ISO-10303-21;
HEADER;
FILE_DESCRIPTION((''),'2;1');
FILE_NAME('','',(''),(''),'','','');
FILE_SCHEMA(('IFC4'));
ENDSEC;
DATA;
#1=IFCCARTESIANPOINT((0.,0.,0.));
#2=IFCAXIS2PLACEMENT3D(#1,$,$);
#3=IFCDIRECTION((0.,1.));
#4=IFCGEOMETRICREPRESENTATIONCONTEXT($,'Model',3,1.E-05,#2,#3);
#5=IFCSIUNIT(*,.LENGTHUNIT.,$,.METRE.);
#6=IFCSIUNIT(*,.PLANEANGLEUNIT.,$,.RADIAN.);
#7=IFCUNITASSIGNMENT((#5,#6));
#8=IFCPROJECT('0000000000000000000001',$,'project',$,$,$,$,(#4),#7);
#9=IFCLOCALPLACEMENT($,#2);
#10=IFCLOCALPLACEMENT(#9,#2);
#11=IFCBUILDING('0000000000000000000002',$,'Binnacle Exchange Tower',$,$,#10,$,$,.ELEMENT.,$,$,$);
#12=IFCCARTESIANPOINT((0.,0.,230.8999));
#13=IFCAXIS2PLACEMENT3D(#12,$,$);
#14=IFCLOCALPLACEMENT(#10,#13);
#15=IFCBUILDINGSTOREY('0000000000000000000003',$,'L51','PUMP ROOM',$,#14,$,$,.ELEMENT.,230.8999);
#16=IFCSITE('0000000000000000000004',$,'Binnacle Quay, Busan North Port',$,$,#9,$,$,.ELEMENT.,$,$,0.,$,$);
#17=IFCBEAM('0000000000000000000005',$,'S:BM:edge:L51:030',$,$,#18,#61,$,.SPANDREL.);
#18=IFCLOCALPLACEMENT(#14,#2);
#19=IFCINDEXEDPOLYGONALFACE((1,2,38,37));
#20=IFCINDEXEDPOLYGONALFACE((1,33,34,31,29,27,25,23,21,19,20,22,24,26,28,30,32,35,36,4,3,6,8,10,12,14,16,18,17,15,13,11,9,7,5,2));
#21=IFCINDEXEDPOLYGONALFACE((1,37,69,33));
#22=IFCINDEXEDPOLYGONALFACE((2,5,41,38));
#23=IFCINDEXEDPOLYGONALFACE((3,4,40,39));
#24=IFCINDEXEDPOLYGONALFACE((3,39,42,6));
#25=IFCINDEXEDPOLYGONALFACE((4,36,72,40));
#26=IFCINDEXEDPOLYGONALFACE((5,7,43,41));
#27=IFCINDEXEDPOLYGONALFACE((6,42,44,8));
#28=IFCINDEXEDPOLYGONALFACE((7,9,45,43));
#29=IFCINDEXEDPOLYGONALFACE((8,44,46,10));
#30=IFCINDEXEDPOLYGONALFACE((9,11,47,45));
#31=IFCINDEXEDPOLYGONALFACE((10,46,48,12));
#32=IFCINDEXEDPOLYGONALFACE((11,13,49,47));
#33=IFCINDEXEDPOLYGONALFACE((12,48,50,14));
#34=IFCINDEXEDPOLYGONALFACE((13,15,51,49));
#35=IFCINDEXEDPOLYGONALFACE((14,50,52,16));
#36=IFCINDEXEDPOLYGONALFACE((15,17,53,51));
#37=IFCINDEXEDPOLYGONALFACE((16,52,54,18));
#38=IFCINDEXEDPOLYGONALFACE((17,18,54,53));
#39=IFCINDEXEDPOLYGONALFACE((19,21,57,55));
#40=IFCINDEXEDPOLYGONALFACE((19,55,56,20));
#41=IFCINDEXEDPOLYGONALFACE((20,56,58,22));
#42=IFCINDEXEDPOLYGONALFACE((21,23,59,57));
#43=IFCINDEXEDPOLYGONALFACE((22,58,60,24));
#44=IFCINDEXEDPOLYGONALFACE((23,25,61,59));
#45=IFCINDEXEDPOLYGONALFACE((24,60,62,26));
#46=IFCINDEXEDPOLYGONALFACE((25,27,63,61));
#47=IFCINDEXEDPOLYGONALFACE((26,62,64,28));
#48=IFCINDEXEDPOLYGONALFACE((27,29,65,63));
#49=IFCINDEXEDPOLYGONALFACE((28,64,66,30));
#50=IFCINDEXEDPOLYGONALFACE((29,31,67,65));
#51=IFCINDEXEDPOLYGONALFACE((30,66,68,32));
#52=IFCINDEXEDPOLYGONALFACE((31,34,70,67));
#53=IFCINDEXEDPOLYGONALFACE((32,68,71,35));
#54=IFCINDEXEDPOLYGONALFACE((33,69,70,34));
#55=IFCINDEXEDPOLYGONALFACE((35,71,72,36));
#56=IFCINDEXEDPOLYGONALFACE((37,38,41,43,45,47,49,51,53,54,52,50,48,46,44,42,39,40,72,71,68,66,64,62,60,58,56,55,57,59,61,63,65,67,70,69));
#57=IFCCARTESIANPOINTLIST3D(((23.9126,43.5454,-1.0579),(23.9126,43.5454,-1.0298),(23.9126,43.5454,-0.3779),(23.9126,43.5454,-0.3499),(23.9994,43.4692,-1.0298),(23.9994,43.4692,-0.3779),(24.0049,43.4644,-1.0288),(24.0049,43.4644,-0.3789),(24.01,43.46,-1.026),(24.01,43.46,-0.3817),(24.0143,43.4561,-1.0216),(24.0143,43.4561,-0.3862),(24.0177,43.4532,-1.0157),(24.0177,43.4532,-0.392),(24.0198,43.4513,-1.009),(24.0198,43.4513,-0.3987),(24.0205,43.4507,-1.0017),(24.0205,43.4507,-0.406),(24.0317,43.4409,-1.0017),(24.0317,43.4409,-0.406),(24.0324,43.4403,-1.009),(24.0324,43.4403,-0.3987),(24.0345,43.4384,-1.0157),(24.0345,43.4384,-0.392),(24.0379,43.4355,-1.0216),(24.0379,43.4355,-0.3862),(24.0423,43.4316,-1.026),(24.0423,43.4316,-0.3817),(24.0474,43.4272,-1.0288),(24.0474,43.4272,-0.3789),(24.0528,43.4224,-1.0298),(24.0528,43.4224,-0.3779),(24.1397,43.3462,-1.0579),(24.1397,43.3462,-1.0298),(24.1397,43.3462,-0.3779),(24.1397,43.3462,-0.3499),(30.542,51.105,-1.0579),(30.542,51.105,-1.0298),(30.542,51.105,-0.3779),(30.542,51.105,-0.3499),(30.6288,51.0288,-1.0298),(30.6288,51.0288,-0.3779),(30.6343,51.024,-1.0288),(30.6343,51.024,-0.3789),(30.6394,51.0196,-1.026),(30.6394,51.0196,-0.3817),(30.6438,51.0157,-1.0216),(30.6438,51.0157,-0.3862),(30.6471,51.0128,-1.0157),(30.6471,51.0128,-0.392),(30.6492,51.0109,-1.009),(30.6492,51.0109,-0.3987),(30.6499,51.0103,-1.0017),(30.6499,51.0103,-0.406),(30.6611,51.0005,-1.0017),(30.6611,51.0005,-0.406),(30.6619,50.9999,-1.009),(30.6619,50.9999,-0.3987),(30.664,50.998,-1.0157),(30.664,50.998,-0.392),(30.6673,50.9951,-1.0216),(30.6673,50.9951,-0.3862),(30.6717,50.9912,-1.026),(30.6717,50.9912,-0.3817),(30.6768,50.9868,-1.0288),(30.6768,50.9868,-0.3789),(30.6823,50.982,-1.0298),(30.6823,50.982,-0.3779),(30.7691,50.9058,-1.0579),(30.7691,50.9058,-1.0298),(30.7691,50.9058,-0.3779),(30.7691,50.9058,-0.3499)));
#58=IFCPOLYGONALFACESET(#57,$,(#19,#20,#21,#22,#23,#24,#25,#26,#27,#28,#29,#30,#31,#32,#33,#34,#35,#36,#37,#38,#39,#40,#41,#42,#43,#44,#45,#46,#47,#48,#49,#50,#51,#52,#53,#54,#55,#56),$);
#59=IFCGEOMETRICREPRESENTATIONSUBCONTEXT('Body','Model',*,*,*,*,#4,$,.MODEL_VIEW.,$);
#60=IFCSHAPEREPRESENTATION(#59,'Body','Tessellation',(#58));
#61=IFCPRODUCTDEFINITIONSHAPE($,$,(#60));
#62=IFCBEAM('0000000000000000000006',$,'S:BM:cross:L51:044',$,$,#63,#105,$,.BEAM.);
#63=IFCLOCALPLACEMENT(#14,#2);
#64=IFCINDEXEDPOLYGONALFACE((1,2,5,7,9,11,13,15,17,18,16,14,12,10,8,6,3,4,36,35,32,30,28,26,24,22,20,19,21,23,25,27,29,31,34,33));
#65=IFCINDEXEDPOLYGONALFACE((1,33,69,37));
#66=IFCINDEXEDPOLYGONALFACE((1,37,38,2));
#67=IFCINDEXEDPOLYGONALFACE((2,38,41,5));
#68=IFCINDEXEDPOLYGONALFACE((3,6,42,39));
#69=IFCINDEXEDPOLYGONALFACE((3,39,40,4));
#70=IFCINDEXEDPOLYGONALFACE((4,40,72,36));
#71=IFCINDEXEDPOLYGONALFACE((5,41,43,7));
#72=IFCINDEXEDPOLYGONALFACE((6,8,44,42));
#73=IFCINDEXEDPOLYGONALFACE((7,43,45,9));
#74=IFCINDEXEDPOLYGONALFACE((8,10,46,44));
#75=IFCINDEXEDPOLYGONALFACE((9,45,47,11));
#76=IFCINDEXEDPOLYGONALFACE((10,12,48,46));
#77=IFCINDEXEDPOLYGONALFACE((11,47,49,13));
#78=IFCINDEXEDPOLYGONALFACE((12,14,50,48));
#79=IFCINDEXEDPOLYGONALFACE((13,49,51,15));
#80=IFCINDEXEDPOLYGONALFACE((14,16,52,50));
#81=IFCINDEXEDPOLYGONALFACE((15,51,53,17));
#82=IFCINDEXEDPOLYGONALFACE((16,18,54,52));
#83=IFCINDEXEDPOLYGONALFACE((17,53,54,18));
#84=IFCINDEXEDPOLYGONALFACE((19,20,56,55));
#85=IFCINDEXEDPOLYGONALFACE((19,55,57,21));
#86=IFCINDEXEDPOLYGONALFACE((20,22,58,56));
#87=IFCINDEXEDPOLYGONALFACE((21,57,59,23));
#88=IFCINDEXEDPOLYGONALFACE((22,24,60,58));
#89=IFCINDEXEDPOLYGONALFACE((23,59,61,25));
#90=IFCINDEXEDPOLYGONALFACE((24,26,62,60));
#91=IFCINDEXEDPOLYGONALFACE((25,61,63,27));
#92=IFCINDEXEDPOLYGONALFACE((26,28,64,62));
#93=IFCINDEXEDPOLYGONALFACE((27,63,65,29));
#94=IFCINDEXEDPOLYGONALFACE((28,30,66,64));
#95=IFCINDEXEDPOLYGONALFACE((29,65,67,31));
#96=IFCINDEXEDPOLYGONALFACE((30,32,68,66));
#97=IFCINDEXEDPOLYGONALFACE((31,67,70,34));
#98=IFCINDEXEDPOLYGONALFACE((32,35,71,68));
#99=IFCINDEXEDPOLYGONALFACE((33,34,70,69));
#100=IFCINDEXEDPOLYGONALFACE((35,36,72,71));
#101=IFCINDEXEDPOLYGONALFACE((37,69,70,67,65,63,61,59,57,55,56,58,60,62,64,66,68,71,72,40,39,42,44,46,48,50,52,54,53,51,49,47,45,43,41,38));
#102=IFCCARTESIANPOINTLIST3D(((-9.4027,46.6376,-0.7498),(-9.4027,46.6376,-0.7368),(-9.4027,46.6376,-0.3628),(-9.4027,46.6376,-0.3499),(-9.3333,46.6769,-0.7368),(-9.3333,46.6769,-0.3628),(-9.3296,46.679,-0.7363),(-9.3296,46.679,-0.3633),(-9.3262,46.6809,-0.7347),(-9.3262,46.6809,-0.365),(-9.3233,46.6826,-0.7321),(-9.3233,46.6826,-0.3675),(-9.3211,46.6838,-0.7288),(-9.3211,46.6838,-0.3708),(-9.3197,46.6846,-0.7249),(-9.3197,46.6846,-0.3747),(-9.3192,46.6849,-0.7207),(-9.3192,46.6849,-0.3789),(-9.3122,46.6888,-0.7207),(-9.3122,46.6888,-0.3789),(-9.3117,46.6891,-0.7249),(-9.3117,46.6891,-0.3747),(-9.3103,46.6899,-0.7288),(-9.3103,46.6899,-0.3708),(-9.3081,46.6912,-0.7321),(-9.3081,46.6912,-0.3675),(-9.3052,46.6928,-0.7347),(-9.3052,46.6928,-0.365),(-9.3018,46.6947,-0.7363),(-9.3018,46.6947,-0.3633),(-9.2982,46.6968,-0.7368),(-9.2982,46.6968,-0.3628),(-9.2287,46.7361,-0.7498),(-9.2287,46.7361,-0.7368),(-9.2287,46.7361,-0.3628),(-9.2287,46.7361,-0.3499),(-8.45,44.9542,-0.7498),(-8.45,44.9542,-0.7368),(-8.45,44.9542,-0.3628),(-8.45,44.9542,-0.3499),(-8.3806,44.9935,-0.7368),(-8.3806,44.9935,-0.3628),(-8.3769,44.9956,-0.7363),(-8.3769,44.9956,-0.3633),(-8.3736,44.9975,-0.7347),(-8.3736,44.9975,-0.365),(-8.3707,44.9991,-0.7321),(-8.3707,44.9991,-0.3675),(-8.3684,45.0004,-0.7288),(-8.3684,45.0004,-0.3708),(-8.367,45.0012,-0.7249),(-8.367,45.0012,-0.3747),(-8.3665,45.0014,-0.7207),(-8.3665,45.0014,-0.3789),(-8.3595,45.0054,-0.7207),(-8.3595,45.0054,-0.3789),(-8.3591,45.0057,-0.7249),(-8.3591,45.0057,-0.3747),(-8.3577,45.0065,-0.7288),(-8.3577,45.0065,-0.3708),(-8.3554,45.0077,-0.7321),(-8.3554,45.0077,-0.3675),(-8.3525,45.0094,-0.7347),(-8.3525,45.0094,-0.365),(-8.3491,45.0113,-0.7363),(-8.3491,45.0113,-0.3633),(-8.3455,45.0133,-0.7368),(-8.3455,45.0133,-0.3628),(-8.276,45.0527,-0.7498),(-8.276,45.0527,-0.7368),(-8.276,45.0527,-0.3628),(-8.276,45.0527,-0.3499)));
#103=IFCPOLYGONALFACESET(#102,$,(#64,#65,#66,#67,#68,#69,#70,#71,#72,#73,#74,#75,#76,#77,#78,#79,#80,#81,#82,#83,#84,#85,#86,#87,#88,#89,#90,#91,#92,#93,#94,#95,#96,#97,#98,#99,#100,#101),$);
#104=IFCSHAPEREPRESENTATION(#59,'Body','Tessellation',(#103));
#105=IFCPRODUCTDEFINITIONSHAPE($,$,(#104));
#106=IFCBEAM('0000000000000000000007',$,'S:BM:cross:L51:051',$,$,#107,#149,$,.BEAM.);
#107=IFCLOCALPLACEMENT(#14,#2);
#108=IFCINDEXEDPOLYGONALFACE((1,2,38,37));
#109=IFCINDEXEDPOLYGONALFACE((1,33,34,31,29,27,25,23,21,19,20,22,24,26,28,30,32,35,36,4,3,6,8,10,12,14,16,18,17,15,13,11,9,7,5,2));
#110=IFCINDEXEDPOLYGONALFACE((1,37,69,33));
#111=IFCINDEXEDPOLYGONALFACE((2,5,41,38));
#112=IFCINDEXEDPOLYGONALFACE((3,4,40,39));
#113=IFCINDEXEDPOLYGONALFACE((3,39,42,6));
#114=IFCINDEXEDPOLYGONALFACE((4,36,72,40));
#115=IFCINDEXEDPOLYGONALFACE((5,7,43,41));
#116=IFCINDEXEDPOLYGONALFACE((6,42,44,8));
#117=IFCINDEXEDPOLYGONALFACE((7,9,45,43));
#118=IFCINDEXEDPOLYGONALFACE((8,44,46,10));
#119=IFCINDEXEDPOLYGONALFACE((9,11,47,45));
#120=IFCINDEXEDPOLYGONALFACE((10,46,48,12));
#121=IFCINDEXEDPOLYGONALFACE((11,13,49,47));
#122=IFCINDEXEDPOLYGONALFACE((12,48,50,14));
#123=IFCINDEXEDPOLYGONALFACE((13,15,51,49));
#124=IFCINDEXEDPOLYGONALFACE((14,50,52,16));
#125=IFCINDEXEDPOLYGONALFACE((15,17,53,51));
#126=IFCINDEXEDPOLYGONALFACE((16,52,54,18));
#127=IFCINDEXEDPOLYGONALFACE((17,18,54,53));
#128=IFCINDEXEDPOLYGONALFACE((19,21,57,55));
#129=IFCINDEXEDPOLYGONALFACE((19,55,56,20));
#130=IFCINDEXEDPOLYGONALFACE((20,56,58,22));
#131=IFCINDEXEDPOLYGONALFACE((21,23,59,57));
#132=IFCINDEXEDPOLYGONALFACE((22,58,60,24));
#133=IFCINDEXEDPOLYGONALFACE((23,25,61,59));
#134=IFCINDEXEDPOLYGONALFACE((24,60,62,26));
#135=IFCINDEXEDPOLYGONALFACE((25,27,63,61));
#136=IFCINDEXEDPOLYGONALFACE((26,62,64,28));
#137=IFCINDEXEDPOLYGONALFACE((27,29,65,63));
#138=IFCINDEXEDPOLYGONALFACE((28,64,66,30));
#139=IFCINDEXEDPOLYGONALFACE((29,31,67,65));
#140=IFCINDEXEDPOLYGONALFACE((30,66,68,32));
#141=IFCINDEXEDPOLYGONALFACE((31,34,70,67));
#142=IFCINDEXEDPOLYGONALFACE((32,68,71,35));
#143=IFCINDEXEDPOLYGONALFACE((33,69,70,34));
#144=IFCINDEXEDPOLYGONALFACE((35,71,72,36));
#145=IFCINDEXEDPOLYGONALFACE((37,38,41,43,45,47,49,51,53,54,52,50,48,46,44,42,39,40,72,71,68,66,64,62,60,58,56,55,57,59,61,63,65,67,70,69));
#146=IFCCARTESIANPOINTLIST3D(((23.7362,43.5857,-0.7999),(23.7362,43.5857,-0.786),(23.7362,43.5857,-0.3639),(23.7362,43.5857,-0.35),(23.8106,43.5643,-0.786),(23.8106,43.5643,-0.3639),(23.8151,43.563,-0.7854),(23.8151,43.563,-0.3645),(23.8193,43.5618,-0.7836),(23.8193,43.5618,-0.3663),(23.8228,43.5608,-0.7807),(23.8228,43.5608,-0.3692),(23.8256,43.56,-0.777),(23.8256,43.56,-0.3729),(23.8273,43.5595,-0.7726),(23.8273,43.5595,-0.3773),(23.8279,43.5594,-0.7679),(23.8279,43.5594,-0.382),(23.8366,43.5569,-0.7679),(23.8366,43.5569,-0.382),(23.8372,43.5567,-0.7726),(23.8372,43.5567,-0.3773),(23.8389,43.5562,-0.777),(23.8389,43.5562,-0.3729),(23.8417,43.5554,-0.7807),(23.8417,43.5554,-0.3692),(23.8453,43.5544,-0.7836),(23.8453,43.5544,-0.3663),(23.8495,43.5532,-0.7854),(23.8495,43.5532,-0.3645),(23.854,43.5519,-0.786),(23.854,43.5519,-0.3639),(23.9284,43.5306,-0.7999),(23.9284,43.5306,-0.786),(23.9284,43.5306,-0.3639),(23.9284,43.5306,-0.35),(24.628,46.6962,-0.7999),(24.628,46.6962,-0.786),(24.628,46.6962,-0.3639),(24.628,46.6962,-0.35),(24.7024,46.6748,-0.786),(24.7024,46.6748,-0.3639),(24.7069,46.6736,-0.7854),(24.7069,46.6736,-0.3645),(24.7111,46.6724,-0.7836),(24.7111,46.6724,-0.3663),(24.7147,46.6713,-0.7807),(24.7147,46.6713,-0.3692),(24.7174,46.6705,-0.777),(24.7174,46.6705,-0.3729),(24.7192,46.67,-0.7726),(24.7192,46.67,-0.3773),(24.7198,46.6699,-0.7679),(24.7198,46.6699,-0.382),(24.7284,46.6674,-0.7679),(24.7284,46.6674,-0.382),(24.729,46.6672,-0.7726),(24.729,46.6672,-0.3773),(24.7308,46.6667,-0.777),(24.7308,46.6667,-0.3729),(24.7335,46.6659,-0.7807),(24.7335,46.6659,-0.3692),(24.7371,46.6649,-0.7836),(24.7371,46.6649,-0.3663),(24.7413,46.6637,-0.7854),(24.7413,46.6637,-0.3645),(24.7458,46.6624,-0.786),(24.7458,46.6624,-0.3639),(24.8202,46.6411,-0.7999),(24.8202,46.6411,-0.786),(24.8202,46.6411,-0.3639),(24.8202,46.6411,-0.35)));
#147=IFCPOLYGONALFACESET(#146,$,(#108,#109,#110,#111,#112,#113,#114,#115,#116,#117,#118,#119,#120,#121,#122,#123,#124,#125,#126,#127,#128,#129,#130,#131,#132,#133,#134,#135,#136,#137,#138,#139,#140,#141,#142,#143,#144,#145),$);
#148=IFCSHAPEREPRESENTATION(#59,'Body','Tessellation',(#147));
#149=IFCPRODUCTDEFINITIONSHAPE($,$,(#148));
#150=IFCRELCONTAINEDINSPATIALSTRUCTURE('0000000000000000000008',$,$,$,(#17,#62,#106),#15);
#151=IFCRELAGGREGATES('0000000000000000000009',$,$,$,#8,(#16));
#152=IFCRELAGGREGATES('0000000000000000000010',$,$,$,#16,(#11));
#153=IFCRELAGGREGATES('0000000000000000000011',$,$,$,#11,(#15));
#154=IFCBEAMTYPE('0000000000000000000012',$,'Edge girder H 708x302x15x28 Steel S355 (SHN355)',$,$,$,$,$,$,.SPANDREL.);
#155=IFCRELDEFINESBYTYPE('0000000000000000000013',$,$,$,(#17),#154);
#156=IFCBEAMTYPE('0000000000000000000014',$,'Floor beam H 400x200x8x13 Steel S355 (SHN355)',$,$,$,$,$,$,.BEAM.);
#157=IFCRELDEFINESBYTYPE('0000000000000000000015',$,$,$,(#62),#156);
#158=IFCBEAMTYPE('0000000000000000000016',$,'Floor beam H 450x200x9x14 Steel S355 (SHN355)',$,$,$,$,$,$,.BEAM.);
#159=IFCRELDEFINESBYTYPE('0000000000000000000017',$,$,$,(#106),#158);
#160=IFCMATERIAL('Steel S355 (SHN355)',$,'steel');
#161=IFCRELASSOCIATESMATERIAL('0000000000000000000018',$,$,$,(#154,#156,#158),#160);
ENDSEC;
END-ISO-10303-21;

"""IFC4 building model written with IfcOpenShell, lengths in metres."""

from ifc_helpers import new_model, si_unit, direction, frame, origin, origin_2d, place, context, subcontext, project, spatial, i_section, extrude, material, material_profile, profile_set, type_object, element, save


model = new_model("IFC4")

# Units and contexts
model_context = context("Model", 3, precision=1e-05, world=origin(), true_north=direction((0.0, 1.0)))
body_context = subcontext(model_context, "Body", "Model", "MODEL_VIEW")
ifc_project = project(units=[si_unit("LENGTHUNIT", "METRE"), si_unit("PLANEANGLEUNIT", "RADIAN")], contexts=[model_context])

# Site, building, storey
site_placement = place(None, origin())
site = spatial("IfcSite", under=ifc_project, at=site_placement, Name="Binnacle Quay, Busan North Port", CompositionType="ELEMENT", RefElevation=0.0)
building_placement = place(site_placement, origin())
building = spatial("IfcBuilding", under=site, at=building_placement, Name="Binnacle Exchange Tower", CompositionType="ELEMENT")
storey_placement = place(building_placement, frame((0.0, 0.0, 230.8999)))
storey = spatial("IfcBuildingStorey", under=building, at=storey_placement, Name="L51", Description="PUMP ROOM", CompositionType="ELEMENT", Elevation=230.8999)

# Beams
ifc_material_1 = material(Name="Steel S355 (SHN355)", Category="steel")
ifc_material_profile_1 = material_profile(ifc_material_1, i_section(OverallWidth=0.302, OverallDepth=0.708, WebThickness=0.0149, FlangeThickness=0.0281, FilletRadius=0.0281, at=origin_2d()), Name="H 708x302x15x28")
ifc_profile_set_1 = profile_set([ifc_material_profile_1], Name="Steel S355 (SHN355)")
beam_type_1 = type_object("IfcBeamType", Name="Edge girder H 708x302x15x28 Steel S355 (SHN355)", PredefinedType="SPANDREL", material=ifc_profile_set_1)
beam_1_placement = place(storey_placement, frame((24.0261, 43.4458, -0.7039), z_axis=(0.659336, 0.751848, 0.0), x_axis=(-0.751848, 0.659336, 0.0)))
element("IfcBeam", 1, at=beam_1_placement, inside=storey, type_object=beam_type_1, Name="S:BM:edge:L51:030", PredefinedType="SPANDREL", context=body_context, shape_type="SweptSolid", body=[
    extrude(i_section(OverallWidth=0.302, OverallDepth=0.708, WebThickness=0.0149, FlangeThickness=0.0281, FilletRadius=0.0281, at=origin_2d()), origin(), (0.0, 0.0, 1.0), 10.0547),
])
ifc_material_profile_2 = material_profile(ifc_material_1, i_section(OverallWidth=0.2, OverallDepth=0.3999, WebThickness=0.0081, FlangeThickness=0.0129, FilletRadius=0.0161, at=origin_2d()), Name="H 400x200x8x13")
ifc_profile_set_2 = profile_set([ifc_material_profile_2], Name="Steel S355 (SHN355)")
beam_type_2 = type_object("IfcBeamType", Name="Floor beam H 400x200x8x13 Steel S355 (SHN355)", PredefinedType="BEAM", material=ifc_profile_set_2)
beam_2_placement = place(storey_placement, frame((-8.363, 45.0034, -0.5498), z_axis=(-0.492519, 0.870302, 0.0), x_axis=(-0.870302, -0.492519, 0.0)))
element("IfcBeam", 2, at=beam_2_placement, inside=storey, type_object=beam_type_2, Name="S:BM:cross:L51:044", PredefinedType="BEAM", context=body_context, shape_type="SweptSolid", body=[
    extrude(i_section(OverallWidth=0.2, OverallDepth=0.3999, WebThickness=0.0081, FlangeThickness=0.0129, FilletRadius=0.0161, at=origin_2d()), origin(), (0.0, 0.0, 1.0), 1.9343),
])
ifc_material_profile_3 = material_profile(ifc_material_1, i_section(OverallWidth=0.2, OverallDepth=0.45, WebThickness=0.009, FlangeThickness=0.0139, FilletRadius=0.0181, at=origin_2d()), Name="H 450x200x9x14")
ifc_profile_set_3 = profile_set([ifc_material_profile_3], Name="Steel S355 (SHN355)")
beam_type_3 = type_object("IfcBeamType", Name="Floor beam H 450x200x9x14 Steel S355 (SHN355)", PredefinedType="BEAM", material=ifc_profile_set_3)
beam_3_placement = place(storey_placement, frame((23.8323, 43.5581, -0.575), z_axis=(0.275608, 0.96127, 0.0), x_axis=(-0.96127, 0.275608, 0.0)))
element("IfcBeam", 3, at=beam_3_placement, inside=storey, type_object=beam_type_3, Name="S:BM:cross:L51:051", PredefinedType="BEAM", context=body_context, shape_type="SweptSolid", body=[
    extrude(i_section(OverallWidth=0.2, OverallDepth=0.45, WebThickness=0.009, FlangeThickness=0.0139, FilletRadius=0.0181, at=origin_2d()), origin(), (0.0, 0.0, 1.0), 3.2358),
])

save(model, "model.ifc")
